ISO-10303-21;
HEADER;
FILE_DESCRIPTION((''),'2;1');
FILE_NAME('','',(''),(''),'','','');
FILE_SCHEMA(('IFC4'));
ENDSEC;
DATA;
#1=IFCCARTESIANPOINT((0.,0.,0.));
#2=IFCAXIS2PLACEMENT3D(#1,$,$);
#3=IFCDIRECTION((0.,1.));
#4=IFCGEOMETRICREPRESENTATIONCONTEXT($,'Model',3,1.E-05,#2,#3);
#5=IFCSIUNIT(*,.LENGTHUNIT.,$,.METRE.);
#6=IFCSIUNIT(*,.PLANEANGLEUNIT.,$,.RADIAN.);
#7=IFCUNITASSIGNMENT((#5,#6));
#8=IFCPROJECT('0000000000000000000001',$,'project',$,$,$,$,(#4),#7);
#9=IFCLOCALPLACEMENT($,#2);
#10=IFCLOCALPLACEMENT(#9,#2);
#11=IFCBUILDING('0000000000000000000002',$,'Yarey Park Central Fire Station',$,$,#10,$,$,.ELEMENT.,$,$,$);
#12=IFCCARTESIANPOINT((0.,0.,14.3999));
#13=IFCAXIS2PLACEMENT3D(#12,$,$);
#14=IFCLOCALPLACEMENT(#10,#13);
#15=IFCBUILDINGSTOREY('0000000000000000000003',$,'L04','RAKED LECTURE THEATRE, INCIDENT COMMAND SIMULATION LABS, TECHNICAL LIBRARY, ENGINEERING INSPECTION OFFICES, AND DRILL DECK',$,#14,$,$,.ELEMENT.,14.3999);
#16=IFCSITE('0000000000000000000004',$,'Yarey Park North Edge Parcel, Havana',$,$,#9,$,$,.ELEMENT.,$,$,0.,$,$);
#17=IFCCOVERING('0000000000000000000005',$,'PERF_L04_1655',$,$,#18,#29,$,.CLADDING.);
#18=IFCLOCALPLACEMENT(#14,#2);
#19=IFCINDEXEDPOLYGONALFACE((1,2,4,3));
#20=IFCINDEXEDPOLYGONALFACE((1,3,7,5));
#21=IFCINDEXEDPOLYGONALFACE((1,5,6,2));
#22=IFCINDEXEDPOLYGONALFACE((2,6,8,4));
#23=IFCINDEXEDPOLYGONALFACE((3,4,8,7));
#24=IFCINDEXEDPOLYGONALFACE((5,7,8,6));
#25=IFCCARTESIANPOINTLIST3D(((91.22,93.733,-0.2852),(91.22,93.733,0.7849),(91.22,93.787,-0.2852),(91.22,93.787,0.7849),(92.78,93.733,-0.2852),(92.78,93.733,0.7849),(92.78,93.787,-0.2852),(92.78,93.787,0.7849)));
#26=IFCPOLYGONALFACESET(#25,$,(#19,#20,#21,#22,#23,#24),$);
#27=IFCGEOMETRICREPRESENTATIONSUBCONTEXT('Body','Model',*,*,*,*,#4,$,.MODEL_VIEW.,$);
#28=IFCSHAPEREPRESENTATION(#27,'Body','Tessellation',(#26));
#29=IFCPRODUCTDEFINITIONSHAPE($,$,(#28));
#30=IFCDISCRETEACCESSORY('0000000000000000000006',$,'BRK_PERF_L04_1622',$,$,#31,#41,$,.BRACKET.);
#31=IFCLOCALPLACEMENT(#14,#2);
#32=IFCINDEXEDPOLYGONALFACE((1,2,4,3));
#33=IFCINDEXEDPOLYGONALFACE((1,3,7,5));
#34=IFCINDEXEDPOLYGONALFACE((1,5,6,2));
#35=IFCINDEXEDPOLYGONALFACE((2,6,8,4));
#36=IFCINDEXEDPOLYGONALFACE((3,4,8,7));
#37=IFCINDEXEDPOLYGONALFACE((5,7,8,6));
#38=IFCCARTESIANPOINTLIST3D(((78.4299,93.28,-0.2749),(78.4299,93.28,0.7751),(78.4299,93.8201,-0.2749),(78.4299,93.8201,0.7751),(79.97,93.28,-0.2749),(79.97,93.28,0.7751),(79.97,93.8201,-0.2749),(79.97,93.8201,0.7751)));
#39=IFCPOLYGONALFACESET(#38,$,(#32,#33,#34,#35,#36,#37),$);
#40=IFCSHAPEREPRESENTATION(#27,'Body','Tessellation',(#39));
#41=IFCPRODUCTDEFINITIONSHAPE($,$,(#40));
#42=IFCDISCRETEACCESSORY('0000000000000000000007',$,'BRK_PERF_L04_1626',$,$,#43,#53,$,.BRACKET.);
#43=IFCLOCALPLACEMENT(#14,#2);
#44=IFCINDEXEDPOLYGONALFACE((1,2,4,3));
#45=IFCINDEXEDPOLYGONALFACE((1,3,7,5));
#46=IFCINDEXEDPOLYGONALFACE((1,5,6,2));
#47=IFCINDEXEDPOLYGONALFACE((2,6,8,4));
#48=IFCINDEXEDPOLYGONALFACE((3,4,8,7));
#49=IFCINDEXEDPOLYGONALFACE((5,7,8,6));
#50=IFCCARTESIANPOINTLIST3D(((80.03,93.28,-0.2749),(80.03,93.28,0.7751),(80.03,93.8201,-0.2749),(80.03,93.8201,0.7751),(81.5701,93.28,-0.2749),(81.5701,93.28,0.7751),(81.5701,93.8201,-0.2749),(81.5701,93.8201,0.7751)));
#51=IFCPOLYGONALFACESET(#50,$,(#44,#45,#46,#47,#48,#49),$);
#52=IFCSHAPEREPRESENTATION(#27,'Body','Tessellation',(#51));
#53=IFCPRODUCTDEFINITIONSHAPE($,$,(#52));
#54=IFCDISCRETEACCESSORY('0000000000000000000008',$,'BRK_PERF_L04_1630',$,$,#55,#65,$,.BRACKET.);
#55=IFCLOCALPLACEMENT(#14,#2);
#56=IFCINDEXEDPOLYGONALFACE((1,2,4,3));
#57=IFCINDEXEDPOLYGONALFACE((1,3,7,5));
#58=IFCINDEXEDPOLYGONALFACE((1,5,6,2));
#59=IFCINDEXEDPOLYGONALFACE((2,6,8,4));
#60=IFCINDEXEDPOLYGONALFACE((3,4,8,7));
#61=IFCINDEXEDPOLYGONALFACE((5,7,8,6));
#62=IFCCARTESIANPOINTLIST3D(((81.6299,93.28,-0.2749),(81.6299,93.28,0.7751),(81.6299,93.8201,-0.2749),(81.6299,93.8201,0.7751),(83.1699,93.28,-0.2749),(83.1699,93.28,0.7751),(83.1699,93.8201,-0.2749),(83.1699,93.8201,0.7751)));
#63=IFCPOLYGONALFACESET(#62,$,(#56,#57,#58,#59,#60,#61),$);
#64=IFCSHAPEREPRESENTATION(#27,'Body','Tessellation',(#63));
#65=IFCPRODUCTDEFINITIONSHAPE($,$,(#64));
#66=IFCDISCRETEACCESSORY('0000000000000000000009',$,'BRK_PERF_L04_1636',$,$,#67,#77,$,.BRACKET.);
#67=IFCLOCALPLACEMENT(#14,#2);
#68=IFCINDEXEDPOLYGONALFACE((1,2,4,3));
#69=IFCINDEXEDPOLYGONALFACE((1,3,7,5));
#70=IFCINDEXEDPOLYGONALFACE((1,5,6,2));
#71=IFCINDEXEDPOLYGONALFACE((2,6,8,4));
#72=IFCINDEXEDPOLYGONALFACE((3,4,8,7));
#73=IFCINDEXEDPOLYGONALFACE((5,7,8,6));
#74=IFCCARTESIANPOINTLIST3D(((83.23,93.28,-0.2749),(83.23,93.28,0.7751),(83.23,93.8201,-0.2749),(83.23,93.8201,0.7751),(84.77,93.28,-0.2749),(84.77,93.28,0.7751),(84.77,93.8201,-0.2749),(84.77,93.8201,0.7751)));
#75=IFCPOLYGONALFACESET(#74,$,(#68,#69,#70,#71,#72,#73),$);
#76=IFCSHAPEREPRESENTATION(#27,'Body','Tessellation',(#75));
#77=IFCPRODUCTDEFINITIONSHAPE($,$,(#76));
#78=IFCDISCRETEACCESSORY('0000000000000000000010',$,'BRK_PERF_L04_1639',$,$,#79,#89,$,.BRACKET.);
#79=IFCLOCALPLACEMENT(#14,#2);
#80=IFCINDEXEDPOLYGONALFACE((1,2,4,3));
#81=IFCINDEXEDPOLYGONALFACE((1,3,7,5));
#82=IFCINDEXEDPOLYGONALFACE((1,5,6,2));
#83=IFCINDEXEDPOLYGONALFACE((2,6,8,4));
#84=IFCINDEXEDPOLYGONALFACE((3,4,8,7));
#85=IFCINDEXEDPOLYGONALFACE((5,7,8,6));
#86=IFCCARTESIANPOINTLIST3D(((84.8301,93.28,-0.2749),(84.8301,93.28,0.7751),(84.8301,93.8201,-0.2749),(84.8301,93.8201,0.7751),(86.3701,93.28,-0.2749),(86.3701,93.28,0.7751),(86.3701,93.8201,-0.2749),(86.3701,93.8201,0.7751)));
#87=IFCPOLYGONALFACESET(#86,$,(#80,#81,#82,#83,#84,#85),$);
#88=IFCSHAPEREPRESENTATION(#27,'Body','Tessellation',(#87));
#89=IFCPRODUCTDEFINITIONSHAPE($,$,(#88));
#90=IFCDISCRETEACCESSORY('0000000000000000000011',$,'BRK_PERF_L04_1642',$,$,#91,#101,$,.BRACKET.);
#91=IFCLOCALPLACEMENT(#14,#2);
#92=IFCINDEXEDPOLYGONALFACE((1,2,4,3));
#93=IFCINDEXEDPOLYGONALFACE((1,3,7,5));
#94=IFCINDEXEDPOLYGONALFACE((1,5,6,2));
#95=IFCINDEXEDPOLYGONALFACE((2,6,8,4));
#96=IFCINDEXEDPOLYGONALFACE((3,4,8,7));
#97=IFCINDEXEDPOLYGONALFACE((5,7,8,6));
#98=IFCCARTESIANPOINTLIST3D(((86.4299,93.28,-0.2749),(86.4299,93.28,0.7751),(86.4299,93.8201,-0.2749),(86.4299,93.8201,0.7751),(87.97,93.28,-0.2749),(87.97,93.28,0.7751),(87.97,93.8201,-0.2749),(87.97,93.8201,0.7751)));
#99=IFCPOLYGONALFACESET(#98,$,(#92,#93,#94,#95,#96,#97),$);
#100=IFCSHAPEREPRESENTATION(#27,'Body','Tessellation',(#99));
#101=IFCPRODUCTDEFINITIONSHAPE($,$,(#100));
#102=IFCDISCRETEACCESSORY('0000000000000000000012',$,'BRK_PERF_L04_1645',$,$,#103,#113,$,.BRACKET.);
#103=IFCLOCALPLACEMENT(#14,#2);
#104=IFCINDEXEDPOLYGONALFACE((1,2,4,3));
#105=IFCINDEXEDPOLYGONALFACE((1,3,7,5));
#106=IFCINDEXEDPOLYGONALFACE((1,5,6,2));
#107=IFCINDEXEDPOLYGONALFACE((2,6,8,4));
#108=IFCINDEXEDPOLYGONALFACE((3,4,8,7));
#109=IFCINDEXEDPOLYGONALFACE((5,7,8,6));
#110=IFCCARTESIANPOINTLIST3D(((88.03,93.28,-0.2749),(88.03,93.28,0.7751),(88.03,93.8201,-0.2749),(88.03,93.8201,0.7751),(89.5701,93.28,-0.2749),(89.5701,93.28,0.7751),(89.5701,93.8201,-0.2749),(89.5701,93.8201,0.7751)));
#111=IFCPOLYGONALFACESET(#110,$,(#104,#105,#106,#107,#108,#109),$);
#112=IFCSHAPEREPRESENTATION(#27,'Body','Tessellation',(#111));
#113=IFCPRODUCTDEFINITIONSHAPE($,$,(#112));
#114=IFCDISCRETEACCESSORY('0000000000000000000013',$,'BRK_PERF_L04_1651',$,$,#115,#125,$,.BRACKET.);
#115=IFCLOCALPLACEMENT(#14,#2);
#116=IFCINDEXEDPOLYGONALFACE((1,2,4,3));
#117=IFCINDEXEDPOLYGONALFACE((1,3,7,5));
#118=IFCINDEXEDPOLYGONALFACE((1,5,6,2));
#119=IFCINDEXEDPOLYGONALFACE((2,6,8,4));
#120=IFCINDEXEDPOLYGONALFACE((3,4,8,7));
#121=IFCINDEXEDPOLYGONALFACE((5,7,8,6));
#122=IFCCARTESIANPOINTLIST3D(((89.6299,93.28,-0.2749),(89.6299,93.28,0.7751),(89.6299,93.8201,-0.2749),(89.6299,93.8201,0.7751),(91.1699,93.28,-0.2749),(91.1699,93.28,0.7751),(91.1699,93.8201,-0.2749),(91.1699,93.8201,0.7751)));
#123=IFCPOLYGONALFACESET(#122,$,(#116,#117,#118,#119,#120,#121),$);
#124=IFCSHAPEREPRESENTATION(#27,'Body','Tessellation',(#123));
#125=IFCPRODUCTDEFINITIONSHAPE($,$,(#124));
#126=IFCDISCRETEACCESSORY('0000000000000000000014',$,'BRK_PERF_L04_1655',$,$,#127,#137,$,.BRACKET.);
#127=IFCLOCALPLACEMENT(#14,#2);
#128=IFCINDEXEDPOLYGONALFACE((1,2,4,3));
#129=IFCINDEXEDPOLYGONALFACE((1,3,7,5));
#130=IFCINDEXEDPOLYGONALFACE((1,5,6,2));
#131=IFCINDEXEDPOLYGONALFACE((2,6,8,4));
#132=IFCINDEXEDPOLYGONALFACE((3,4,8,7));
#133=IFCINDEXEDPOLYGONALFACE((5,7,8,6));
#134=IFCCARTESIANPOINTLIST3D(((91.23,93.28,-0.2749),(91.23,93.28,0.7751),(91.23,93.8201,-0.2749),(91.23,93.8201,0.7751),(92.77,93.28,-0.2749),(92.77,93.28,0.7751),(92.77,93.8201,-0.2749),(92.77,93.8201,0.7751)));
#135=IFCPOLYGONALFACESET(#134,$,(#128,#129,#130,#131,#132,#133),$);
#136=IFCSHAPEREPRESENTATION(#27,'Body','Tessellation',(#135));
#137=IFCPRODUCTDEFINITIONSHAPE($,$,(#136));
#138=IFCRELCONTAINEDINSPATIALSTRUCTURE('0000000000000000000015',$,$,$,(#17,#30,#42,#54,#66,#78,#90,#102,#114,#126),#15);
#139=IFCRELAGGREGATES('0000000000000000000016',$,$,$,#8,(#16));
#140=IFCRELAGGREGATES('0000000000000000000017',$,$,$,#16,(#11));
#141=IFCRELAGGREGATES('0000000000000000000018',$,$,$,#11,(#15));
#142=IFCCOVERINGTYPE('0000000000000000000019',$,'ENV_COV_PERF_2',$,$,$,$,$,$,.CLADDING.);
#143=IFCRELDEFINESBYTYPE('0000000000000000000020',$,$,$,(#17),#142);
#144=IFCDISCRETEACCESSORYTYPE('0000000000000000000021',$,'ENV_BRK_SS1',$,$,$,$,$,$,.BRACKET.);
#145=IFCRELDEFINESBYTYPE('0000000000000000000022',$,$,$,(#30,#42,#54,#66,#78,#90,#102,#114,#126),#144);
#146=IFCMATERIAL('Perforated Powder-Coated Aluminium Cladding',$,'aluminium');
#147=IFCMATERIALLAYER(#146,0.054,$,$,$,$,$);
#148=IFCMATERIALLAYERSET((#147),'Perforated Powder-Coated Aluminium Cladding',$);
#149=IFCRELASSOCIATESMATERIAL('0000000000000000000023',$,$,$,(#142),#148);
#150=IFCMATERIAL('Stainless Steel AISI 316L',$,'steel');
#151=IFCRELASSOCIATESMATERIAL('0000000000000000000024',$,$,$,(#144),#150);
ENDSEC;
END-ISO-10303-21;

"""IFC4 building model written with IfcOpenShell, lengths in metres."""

from ifc_helpers import new_model, si_unit, direction, frame, origin, origin_2d, place, context, subcontext, project, spatial, rectangle, extrude, material, layer, layer_set, type_object, element, save


model = new_model("IFC4")

# Units and contexts
model_context = context("Model", 3, precision=1e-05, world=origin(), true_north=direction((0.0, 1.0)))
body_context = subcontext(model_context, "Body", "Model", "MODEL_VIEW")
ifc_project = project(units=[si_unit("LENGTHUNIT", "METRE"), si_unit("PLANEANGLEUNIT", "RADIAN")], contexts=[model_context])

# Site, building, storey
site_placement = place(None, origin())
site = spatial("IfcSite", under=ifc_project, at=site_placement, Name="Yarey Park North Edge Parcel, Havana", CompositionType="ELEMENT", RefElevation=0.0)
building_placement = place(site_placement, origin())
building = spatial("IfcBuilding", under=site, at=building_placement, Name="Yarey Park Central Fire Station", CompositionType="ELEMENT")
storey_placement = place(building_placement, frame((0.0, 0.0, 14.3999)))
storey = spatial("IfcBuildingStorey", under=building, at=storey_placement, Name="L04", Description="RAKED LECTURE THEATRE, INCIDENT COMMAND SIMULATION LABS, TECHNICAL LIBRARY, ENGINEERING INSPECTION OFFICES, AND DRILL DECK", CompositionType="ELEMENT", Elevation=14.3999)

# Covering
ifc_material_1 = material(Name="Perforated Powder-Coated Aluminium Cladding", Category="aluminium")
ifc_layer_1 = layer(ifc_material_1, 0.054)
ifc_layer_set_1 = layer_set([ifc_layer_1], Name="Perforated Powder-Coated Aluminium Cladding")
covering_type_1 = type_object("IfcCoveringType", Name="ENV_COV_PERF_2", PredefinedType="CLADDING", material=ifc_layer_set_1)
for number, where, z_axis, x_axis, name in (
    (1, (92.0, 93.76, -0.2852), (0.0, 0.0, 1.0), (1.0, 0.0, 0.0), "PERF_L04_1655"),
):
    element("IfcCovering", number, at=place(storey_placement, frame(where, z_axis=z_axis, x_axis=x_axis)), inside=storey, type_object=covering_type_1, Name=name, PredefinedType="CLADDING", context=body_context, shape_type="SweptSolid", body=[
        extrude(rectangle(XDim=1.5601, YDim=0.054, at=origin_2d()), origin(), (0.0, 0.0, 1.0), 1.0701),
    ])

# Discrete accessories
ifc_material_2 = material(Name="Stainless Steel AISI 316L", Category="steel")
discrete_accessory_type = type_object("IfcDiscreteAccessoryType", Name="ENV_BRK_SS1", PredefinedType="BRACKET", material=ifc_material_2)
for number, where, z_axis, x_axis, name in (
    (2, (79.2, 93.55, -0.2749), (0.0, 0.0, 1.0), (1.0, 0.0, 0.0), "BRK_PERF_L04_1622"),
    (3, (80.8, 93.55, -0.2749), (0.0, 0.0, 1.0), (1.0, 0.0, 0.0), "BRK_PERF_L04_1626"),
    (4, (82.3999, 93.55, -0.2749), (0.0, 0.0, 1.0), (1.0, 0.0, 0.0), "BRK_PERF_L04_1630"),
    (5, (84.0, 93.55, -0.2749), (0.0, 0.0, 1.0), (1.0, 0.0, 0.0), "BRK_PERF_L04_1636"),
    (6, (85.6001, 93.55, -0.2749), (0.0, 0.0, 1.0), (1.0, 0.0, 0.0), "BRK_PERF_L04_1639"),
    (7, (87.2, 93.55, -0.2749), (0.0, 0.0, 1.0), (1.0, 0.0, 0.0), "BRK_PERF_L04_1642"),
    (8, (88.8, 93.55, -0.2749), (0.0, 0.0, 1.0), (1.0, 0.0, 0.0), "BRK_PERF_L04_1645"),
    (9, (90.3999, 93.55, -0.2749), (0.0, 0.0, 1.0), (1.0, 0.0, 0.0), "BRK_PERF_L04_1651"),
    (10, (92.0, 93.55, -0.2749), (0.0, 0.0, 1.0), (1.0, 0.0, 0.0), "BRK_PERF_L04_1655"),
):
    element("IfcDiscreteAccessory", number, at=place(storey_placement, frame(where, z_axis=z_axis, x_axis=x_axis)), inside=storey, type_object=discrete_accessory_type, Name=name, PredefinedType="BRACKET", context=body_context, shape_type="SweptSolid", body=[
        extrude(rectangle(XDim=1.54, YDim=0.54, at=origin_2d()), origin(), (0.0, 0.0, 1.0), 1.05),
    ])

save(model, "model.ifc")
